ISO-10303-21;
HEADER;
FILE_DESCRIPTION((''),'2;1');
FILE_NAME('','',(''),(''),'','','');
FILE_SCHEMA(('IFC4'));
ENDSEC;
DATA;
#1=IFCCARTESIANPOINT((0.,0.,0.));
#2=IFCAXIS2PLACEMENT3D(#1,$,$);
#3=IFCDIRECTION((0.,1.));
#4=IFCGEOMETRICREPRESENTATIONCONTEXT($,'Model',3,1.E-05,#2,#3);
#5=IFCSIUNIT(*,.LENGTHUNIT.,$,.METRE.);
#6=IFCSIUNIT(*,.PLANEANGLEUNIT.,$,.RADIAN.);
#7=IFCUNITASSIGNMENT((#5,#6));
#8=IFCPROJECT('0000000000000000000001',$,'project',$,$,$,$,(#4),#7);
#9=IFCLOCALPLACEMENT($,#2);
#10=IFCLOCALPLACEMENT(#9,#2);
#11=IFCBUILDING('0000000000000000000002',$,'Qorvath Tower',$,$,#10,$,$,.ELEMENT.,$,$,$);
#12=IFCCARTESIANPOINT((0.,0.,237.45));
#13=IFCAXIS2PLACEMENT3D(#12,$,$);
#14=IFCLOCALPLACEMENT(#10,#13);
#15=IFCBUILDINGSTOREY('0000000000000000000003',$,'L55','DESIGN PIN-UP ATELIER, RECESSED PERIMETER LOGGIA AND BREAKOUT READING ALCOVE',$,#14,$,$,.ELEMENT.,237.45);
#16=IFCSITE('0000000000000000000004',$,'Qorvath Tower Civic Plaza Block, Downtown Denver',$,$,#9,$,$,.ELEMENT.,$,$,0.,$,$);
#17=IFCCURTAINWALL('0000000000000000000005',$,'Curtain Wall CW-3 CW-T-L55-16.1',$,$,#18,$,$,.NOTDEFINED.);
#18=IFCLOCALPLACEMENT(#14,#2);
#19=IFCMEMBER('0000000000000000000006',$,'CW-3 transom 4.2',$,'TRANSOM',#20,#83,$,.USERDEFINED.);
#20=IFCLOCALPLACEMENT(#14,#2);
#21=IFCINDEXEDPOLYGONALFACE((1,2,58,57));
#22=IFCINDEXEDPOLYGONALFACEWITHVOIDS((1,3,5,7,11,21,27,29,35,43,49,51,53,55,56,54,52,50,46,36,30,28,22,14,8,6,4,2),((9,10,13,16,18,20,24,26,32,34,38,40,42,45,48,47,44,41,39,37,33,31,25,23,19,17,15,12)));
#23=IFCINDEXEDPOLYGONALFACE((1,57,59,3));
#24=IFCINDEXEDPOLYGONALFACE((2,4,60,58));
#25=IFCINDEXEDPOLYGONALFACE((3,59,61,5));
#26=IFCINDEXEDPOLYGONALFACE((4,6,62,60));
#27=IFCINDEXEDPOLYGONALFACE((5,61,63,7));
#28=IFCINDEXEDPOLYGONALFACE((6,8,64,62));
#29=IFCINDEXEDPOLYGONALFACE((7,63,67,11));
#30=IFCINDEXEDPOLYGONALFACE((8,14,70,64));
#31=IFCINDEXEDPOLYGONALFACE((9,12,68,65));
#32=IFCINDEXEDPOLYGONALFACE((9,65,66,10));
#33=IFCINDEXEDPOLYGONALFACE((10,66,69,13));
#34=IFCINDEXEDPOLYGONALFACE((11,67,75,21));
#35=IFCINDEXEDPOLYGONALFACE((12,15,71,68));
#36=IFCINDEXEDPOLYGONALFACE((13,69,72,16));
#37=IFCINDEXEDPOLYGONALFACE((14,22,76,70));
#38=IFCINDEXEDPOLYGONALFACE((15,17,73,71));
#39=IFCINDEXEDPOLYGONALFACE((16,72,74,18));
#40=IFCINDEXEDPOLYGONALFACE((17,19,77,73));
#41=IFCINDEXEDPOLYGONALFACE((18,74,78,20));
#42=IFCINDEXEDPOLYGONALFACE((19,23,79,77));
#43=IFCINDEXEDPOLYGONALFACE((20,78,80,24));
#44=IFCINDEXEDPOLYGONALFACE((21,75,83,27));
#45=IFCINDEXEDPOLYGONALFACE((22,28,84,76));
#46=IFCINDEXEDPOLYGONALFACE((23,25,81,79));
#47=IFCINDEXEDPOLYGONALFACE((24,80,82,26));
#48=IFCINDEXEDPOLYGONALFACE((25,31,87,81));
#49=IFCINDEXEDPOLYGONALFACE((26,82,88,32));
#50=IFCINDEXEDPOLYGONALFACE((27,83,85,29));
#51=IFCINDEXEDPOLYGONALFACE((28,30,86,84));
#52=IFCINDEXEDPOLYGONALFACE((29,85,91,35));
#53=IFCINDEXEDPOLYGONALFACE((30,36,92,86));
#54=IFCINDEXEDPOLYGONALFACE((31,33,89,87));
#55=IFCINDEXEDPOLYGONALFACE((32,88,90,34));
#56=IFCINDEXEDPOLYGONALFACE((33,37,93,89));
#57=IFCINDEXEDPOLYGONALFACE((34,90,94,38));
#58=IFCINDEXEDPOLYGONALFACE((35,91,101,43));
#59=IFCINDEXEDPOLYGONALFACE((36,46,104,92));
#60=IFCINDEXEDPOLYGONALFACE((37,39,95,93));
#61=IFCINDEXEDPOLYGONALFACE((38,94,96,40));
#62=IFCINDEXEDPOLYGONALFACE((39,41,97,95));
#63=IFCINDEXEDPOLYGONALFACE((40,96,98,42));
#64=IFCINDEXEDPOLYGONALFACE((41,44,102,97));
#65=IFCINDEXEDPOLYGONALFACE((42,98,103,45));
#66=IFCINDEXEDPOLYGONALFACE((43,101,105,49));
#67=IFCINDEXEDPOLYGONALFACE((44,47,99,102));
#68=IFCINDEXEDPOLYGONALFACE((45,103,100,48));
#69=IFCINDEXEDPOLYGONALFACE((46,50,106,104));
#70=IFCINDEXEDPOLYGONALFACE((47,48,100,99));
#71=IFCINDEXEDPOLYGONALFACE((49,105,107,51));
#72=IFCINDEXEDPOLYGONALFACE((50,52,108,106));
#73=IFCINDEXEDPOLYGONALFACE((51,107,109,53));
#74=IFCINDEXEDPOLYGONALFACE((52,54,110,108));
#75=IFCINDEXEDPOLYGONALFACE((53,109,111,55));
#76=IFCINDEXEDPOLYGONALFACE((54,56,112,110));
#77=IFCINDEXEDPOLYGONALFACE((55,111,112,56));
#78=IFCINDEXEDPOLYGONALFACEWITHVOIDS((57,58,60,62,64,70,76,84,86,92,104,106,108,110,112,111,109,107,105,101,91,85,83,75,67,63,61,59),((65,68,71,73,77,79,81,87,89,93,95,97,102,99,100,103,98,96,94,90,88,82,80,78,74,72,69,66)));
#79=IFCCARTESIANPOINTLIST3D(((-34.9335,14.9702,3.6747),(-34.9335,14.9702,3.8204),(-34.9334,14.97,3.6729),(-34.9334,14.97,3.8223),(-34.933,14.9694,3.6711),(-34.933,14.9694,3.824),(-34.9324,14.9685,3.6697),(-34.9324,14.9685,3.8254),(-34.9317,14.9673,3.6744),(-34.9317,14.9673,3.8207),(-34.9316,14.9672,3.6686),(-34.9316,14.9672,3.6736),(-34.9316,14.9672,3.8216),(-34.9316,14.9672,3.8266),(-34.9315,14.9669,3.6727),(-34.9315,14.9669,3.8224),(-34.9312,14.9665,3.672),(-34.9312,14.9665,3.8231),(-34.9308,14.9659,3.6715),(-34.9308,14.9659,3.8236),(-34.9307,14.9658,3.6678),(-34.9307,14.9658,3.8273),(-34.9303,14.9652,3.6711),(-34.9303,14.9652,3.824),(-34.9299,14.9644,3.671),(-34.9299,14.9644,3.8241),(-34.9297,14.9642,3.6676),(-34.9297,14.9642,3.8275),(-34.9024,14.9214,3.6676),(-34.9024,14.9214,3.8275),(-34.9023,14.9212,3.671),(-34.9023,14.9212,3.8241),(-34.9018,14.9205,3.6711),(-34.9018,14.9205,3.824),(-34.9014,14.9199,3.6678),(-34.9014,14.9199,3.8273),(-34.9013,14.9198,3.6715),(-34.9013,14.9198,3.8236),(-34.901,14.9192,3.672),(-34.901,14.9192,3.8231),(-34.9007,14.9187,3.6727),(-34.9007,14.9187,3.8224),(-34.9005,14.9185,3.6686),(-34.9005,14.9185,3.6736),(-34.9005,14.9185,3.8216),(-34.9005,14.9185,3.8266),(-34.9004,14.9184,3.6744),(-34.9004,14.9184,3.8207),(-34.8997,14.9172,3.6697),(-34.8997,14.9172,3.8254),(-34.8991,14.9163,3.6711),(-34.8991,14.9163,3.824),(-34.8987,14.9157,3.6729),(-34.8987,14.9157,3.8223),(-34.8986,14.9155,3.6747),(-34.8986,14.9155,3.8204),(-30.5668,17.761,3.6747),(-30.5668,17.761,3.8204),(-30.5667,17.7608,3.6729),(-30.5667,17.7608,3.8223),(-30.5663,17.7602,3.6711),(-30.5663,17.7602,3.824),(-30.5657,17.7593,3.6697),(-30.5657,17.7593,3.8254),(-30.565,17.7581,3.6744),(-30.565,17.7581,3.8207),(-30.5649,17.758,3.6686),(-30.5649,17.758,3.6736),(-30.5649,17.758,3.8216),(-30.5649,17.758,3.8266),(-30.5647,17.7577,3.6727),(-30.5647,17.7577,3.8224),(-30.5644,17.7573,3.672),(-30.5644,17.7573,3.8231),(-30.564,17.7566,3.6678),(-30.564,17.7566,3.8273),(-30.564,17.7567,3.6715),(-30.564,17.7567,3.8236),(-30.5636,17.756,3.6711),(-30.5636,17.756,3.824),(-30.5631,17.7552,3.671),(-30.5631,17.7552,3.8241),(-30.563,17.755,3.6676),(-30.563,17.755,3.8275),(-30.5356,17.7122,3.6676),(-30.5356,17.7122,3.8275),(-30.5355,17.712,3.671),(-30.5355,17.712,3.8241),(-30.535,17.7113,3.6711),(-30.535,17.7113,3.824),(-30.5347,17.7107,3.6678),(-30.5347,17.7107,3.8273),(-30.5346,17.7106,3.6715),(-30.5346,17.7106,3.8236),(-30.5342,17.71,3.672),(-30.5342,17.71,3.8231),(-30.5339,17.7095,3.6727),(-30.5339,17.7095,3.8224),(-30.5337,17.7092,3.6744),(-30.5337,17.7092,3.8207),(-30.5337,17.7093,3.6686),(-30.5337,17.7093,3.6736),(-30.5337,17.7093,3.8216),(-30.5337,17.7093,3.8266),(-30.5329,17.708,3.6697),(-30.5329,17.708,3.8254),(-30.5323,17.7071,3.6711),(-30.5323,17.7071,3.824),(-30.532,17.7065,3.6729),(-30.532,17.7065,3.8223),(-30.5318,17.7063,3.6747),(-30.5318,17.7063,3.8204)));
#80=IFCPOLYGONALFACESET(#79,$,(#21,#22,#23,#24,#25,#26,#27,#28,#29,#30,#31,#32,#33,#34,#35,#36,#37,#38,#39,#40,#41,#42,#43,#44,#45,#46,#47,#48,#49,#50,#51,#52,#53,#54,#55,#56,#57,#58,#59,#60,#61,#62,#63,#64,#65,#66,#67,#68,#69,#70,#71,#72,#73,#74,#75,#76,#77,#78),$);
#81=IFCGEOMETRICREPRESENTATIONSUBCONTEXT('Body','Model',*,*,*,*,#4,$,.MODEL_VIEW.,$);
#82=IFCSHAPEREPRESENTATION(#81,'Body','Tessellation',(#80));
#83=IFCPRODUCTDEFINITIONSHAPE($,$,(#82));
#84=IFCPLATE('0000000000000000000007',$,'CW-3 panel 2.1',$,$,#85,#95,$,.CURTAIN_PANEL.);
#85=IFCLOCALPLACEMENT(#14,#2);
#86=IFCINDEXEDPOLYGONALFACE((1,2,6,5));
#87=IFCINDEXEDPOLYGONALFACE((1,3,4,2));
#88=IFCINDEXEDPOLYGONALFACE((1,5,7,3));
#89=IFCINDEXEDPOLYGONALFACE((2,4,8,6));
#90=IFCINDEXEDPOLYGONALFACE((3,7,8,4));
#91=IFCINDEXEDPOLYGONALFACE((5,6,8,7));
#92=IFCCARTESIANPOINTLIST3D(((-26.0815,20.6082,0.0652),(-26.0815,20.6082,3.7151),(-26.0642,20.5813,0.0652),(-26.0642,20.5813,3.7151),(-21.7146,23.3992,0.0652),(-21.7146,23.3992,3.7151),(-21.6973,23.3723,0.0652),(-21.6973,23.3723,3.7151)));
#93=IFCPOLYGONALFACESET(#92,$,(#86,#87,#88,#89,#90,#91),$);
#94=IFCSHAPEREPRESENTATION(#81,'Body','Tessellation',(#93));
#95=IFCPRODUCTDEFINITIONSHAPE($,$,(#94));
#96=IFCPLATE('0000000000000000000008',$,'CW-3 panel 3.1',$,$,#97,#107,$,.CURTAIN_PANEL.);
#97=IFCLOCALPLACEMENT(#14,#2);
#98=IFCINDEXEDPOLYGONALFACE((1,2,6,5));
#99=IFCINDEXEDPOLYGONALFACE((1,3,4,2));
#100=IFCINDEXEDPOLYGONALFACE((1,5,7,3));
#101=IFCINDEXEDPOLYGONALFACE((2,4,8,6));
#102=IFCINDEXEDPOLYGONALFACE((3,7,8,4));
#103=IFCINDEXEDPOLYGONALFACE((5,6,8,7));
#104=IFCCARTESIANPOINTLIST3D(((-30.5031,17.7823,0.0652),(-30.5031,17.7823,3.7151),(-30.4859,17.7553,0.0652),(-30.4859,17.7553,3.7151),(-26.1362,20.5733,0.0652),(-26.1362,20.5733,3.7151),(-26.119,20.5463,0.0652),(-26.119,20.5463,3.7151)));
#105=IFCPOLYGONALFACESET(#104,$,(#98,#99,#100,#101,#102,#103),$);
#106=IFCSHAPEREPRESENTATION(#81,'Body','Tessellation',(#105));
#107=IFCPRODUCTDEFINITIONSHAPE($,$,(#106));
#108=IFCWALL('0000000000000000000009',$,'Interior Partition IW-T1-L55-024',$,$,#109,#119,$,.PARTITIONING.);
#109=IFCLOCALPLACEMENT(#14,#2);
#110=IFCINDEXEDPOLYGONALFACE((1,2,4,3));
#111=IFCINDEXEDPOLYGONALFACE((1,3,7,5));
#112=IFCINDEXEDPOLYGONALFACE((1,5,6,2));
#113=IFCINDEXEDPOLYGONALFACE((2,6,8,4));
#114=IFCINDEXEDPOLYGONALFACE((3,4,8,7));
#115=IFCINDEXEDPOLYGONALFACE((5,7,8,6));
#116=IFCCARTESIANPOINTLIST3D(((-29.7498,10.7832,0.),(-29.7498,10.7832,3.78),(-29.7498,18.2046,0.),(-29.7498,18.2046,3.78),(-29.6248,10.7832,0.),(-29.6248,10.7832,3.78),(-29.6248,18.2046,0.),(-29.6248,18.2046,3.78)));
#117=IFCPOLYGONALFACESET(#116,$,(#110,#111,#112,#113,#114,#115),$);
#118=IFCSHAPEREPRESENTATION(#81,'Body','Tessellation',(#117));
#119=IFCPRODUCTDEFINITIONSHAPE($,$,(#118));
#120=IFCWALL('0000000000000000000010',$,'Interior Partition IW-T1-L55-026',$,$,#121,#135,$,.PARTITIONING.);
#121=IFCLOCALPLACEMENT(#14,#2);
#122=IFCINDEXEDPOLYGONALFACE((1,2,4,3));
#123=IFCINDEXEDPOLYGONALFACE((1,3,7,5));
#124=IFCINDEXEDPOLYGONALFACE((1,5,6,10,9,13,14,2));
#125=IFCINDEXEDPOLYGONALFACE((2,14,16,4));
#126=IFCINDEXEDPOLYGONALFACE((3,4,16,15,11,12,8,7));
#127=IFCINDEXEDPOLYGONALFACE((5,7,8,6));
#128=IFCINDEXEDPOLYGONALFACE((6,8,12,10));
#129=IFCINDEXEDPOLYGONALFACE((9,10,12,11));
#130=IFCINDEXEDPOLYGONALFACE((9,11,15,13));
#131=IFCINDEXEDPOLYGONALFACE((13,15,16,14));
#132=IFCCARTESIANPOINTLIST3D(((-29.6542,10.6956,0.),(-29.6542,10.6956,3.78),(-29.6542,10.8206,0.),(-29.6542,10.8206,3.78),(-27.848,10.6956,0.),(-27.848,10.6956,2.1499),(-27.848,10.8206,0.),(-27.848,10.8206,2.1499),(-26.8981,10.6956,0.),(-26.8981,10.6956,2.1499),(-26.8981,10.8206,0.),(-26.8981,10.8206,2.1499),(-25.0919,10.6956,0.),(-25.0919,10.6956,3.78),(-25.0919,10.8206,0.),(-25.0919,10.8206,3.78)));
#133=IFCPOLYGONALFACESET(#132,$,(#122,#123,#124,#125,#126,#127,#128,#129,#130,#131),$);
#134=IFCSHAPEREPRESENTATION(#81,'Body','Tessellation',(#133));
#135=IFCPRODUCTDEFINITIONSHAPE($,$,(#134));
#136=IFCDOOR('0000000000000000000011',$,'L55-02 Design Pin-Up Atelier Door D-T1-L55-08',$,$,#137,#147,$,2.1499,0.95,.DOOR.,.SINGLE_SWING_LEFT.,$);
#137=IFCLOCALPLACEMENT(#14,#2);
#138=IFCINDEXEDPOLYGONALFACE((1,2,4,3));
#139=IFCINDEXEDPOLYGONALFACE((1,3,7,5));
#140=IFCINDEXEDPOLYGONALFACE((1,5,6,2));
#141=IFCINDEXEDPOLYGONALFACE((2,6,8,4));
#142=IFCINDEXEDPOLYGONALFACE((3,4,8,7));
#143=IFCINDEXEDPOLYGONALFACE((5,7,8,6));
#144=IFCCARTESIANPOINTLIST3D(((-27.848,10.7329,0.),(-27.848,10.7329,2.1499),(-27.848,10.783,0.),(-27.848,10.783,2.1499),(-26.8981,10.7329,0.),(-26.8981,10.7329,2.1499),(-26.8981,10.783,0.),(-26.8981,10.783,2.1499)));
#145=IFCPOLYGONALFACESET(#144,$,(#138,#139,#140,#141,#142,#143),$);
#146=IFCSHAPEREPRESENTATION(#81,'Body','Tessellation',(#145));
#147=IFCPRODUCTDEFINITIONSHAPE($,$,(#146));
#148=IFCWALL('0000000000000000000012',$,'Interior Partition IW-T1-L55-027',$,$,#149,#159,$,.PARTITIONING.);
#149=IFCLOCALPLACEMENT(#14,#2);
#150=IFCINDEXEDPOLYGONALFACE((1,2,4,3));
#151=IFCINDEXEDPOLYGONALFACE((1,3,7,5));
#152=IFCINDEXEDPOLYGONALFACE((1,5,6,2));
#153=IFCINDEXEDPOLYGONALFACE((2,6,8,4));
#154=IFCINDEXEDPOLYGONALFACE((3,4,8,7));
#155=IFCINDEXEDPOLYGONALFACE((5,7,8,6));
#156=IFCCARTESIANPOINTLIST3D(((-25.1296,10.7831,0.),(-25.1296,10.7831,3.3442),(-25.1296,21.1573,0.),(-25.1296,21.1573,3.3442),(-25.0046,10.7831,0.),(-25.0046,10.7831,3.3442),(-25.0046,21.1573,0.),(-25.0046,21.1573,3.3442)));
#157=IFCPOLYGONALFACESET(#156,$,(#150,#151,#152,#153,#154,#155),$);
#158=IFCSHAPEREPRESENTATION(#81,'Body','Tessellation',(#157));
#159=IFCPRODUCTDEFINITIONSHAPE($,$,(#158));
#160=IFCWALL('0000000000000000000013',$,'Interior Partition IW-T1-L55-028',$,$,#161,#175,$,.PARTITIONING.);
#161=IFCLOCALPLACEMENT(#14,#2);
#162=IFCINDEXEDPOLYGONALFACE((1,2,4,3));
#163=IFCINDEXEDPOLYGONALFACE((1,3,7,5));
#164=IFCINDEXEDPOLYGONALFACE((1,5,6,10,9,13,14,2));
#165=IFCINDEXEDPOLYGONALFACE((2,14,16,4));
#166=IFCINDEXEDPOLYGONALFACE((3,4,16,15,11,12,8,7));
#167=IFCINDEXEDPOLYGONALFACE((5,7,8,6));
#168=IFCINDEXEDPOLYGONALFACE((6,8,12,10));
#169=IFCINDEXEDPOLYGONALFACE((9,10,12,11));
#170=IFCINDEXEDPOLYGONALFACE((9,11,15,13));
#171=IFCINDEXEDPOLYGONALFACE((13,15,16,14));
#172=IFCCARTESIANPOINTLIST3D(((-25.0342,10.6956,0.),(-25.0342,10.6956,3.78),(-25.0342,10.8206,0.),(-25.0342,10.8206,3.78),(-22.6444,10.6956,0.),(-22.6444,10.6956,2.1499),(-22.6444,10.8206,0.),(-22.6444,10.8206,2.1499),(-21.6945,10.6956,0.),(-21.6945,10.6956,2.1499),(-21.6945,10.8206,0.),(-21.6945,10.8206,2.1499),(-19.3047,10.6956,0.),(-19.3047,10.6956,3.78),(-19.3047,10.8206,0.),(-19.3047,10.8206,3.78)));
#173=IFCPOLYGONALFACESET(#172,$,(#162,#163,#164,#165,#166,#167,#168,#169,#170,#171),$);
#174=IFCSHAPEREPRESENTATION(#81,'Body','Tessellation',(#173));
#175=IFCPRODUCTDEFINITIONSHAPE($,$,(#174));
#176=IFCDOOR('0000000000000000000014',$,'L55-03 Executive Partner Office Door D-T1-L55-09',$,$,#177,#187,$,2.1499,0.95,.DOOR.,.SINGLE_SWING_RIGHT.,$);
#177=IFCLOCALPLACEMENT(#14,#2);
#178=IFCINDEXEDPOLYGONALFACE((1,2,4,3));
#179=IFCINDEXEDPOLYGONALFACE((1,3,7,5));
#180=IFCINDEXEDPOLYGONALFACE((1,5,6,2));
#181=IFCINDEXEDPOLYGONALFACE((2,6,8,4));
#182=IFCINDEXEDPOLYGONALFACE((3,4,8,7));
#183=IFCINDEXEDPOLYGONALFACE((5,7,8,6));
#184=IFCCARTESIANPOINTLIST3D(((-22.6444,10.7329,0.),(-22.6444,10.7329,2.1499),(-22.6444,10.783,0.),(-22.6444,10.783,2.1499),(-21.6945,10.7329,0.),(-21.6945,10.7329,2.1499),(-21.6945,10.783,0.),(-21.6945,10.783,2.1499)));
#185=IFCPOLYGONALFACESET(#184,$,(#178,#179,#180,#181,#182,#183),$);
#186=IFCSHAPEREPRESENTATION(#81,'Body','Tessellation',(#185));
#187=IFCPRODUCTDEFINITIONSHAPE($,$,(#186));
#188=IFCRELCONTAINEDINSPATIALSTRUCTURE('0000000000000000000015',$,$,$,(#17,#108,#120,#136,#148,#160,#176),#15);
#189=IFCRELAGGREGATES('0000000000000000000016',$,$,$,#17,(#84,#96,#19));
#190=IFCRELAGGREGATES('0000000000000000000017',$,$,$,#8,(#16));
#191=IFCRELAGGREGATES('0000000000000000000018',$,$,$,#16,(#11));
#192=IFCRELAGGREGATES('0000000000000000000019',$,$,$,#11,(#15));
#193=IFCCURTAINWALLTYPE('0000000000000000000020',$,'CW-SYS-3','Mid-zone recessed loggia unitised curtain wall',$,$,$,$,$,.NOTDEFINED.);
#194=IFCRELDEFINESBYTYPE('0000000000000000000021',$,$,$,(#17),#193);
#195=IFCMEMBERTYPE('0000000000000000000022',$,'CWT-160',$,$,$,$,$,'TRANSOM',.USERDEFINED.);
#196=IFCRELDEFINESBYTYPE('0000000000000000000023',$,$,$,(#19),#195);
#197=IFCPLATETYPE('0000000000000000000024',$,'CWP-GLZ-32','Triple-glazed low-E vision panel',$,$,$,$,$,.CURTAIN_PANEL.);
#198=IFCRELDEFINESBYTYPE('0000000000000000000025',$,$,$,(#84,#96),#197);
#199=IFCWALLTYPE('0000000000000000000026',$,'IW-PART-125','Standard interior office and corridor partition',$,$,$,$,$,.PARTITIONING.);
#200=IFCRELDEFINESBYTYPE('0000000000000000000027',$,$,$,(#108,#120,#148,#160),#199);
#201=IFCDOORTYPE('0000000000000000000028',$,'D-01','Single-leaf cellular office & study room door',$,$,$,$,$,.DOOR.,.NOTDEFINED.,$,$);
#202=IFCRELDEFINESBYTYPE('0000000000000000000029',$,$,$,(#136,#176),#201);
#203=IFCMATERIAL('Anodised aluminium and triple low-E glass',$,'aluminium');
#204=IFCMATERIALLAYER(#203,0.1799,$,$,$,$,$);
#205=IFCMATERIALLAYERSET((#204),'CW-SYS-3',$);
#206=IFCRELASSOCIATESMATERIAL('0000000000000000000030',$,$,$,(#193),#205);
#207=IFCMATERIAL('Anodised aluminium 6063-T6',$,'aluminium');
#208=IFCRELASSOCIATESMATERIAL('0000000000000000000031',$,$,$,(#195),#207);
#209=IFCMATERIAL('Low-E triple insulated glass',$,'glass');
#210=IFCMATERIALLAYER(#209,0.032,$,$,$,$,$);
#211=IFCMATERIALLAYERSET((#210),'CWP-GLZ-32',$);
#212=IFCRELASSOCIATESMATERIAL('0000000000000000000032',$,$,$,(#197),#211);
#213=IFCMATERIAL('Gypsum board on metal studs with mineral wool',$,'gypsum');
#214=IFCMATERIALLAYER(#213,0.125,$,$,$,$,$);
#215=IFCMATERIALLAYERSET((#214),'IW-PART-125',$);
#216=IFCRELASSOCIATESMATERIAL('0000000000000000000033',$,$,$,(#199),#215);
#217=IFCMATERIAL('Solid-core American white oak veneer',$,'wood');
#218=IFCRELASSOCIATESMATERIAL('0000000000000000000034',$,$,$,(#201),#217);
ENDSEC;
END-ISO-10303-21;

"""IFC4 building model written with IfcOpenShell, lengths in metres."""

from ifc_helpers import new_model, si_unit, direction, frame, frame_2d, origin, origin_2d, place, context, subcontext, project, spatial, rectangle, hollow_rectangle, extrude, material, layer, layer_set, material_profile, profile_set, type_object, element, fill, aggregate, save


model = new_model("IFC4")

# Units and contexts
model_context = context("Model", 3, precision=1e-05, world=origin(), true_north=direction((0.0, 1.0)))
body_context = subcontext(model_context, "Body", "Model", "MODEL_VIEW")
ifc_project = project(units=[si_unit("LENGTHUNIT", "METRE"), si_unit("PLANEANGLEUNIT", "RADIAN")], contexts=[model_context])

# Site, building, storey
site_placement = place(None, origin())
site = spatial("IfcSite", under=ifc_project, at=site_placement, Name="Qorvath Tower Civic Plaza Block, Downtown Denver", CompositionType="ELEMENT", RefElevation=0.0)
building_placement = place(site_placement, origin())
building = spatial("IfcBuilding", under=site, at=building_placement, Name="Qorvath Tower", CompositionType="ELEMENT")
storey_placement = place(building_placement, frame((0.0, 0.0, 237.45)))
storey = spatial("IfcBuildingStorey", under=building, at=storey_placement, Name="L55", Description="DESIGN PIN-UP ATELIER, RECESSED PERIMETER LOGGIA AND BREAKOUT READING ALCOVE", CompositionType="ELEMENT", Elevation=237.45)

# Curtain wall, member, plates
ifc_material_1 = material(Name="Anodised aluminium and triple low-E glass", Category="aluminium")
ifc_layer_1 = layer(ifc_material_1, 0.1799)
ifc_layer_set_1 = layer_set([ifc_layer_1], Name="CW-SYS-3")
curtain_wall_type = type_object("IfcCurtainWallType", Name="CW-SYS-3", Description="Mid-zone recessed loggia unitised curtain wall", PredefinedType="NOTDEFINED", material=ifc_layer_set_1)
curtain_wall_placement = place(storey_placement, origin())
curtain_wall = element("IfcCurtainWall", 1, at=curtain_wall_placement, inside=storey, type_object=curtain_wall_type, Name="Curtain Wall CW-3 CW-T-L55-16.1", PredefinedType="NOTDEFINED")
ifc_material_2 = material(Name="Anodised aluminium 6063-T6", Category="aluminium")
ifc_material_profile_1 = material_profile(ifc_material_2, hollow_rectangle(XDim=0.0649, YDim=0.1599, WallThickness=0.0034, InnerFilletRadius=0.0034, OuterFilletRadius=0.0071, at=origin_2d()), Name="CWT 160x65")
ifc_profile_set_1 = profile_set([ifc_material_profile_1], Name="Anodised aluminium 6063-T6")
member_type_1 = type_object("IfcMemberType", Name="CWT-160", ElementType="TRANSOM", PredefinedType="USERDEFINED", material=ifc_profile_set_1)
member_1_placement = place(storey_placement, frame((-30.5493, 17.7336, 3.7476), z_axis=(-0.842614, -0.538518, 0.0), x_axis=(0.538518, -0.842614, 0.0)))
member_1 = element("IfcMember", 2, at=member_1_placement, type_object=member_type_1, Name="CW-3 transom 4.2", ObjectType="TRANSOM", PredefinedType="USERDEFINED", context=body_context, shape_type="SweptSolid", body=[
    extrude(hollow_rectangle(XDim=0.0649, YDim=0.1599, WallThickness=0.0034, InnerFilletRadius=0.0034, OuterFilletRadius=0.0071, at=origin_2d()), origin(), (0.0, 0.0, 1.0), 5.1824),
])
ifc_material_3 = material(Name="Low-E triple insulated glass", Category="glass")
ifc_layer_2 = layer(ifc_material_3, 0.032)
ifc_layer_set_2 = layer_set([ifc_layer_2], Name="CWP-GLZ-32")
plate_type = type_object("IfcPlateType", Name="CWP-GLZ-32", Description="Triple-glazed low-E vision panel", PredefinedType="CURTAIN_PANEL", material=ifc_layer_set_2)
plate_1_placement = place(storey_placement, frame((-23.8894, 21.9902, 0.0652), z_axis=(0.0, 0.0, 1.0), x_axis=(-0.842607, -0.538529, 0.0)))
plate_1 = element("IfcPlate", 3, at=plate_1_placement, type_object=plate_type, Name="CW-3 panel 2.1", PredefinedType="CURTAIN_PANEL", context=body_context, shape_type="SweptSolid", body=[
    extrude(rectangle(XDim=5.1826, YDim=0.032, at=origin_2d()), origin(), (0.0, 0.0, 1.0), 3.6499),
])
plate_2_placement = place(storey_placement, frame((-28.311, 19.1643, 0.0652), z_axis=(0.0, 0.0, 1.0), x_axis=(-0.842607, -0.538529, 0.0)))
plate_2 = element("IfcPlate", 4, at=plate_2_placement, type_object=plate_type, Name="CW-3 panel 3.1", PredefinedType="CURTAIN_PANEL", context=body_context, shape_type="SweptSolid", body=[
    extrude(rectangle(XDim=5.1826, YDim=0.032, at=origin_2d()), origin(), (0.0, 0.0, 1.0), 3.6499),
])
aggregate(curtain_wall, [plate_1, plate_2, member_1])

# Wall
ifc_material_4 = material(Name="Gypsum board on metal studs with mineral wool", Category="gypsum")
ifc_layer_3 = layer(ifc_material_4, 0.125)
ifc_layer_set_3 = layer_set([ifc_layer_3], Name="IW-PART-125")
wall_type = type_object("IfcWallType", Name="IW-PART-125", Description="Standard interior office and corridor partition", PredefinedType="PARTITIONING", material=ifc_layer_set_3)
wall_1_placement = place(storey_placement, frame((-29.6873, 10.7832, 0.0), z_axis=(0.0, 0.0, 1.0), x_axis=(0.0, 1.0, 0.0)))
element("IfcWall", 5, at=wall_1_placement, inside=storey, type_object=wall_type, Name="Interior Partition IW-T1-L55-024", PredefinedType="PARTITIONING", context=body_context, shape_type="SweptSolid", body=[
    extrude(rectangle(XDim=7.4214, YDim=0.125, at=frame_2d((3.7107, 0.0))), origin(), (0.0, 0.0, 1.0), 3.78),
])

# Wall, opening, door
wall_2_placement = place(storey_placement, frame((-29.6543, 10.7581, 0.0), z_axis=(0.0, 0.0, 1.0), x_axis=(1.0, 0.0, 0.0)))
wall_2 = element("IfcWall", 6, at=wall_2_placement, inside=storey, type_object=wall_type, Name="Interior Partition IW-T1-L55-026", PredefinedType="PARTITIONING", context=body_context, shape_type="SweptSolid", body=[
    extrude(rectangle(XDim=4.5623, YDim=0.125, at=frame_2d((2.2812, 0.0))), origin(), (0.0, 0.0, 1.0), 3.78),
])
opening_1_placement = place(wall_2_placement, frame((1.8062, 0.0, 0.0)))
opening_1 = element("IfcOpeningElement", 7, at=opening_1_placement, cuts=wall_2, PredefinedType="OPENING", context=body_context, shape_type="SweptSolid", body=[
    extrude(rectangle(XDim=0.95, YDim=2.1499, at=frame_2d((0.4751, 1.075))), frame((0.0, 0.0725, 0.0), z_axis=(0.0, -1.0, 0.0), x_axis=(1.0, 0.0, 0.0)), (0.0, 0.0, 1.0), 0.145),
])
ifc_material_5 = material(Name="Solid-core American white oak veneer", Category="wood")
door_type = type_object("IfcDoorType", Name="D-01", Description="Single-leaf cellular office & study room door", OperationType="NOTDEFINED", PredefinedType="DOOR", material=ifc_material_5)
door_1_placement = place(opening_1_placement, origin())
door_1 = element("IfcDoor", 8, at=door_1_placement, inside=storey, type_object=door_type, Name="L55-02 Design Pin-Up Atelier Door D-T1-L55-08", OperationType="SINGLE_SWING_LEFT", OverallHeight=2.1499, OverallWidth=0.95, PredefinedType="DOOR", context=body_context, shape_type="SweptSolid", body=[
    extrude(rectangle(XDim=0.95, YDim=2.1499, at=frame_2d((0.4751, 1.075))), frame((0.0, 0.0249, 0.0), z_axis=(0.0, -1.0, 0.0), x_axis=(1.0, 0.0, 0.0)), (0.0, 0.0, 1.0), 0.05),
])
fill(opening_1, door_1)

# Wall
wall_3_placement = place(storey_placement, frame((-25.0671, 10.7832, 0.0), z_axis=(0.0, 0.0, 1.0), x_axis=(0.0, 1.0, 0.0)))
element("IfcWall", 9, at=wall_3_placement, inside=storey, type_object=wall_type, Name="Interior Partition IW-T1-L55-027", PredefinedType="PARTITIONING", context=body_context, shape_type="SweptSolid", body=[
    extrude(rectangle(XDim=10.3743, YDim=0.125, at=frame_2d((5.187, 0.0))), origin(), (0.0, 0.0, 1.0), 3.3442),
])

# Wall, opening, door
wall_4_placement = place(storey_placement, frame((-25.0342, 10.7581, 0.0), z_axis=(0.0, 0.0, 1.0), x_axis=(1.0, 0.0, 0.0)))
wall_4 = element("IfcWall", 10, at=wall_4_placement, inside=storey, type_object=wall_type, Name="Interior Partition IW-T1-L55-028", PredefinedType="PARTITIONING", context=body_context, shape_type="SweptSolid", body=[
    extrude(rectangle(XDim=5.7295, YDim=0.125, at=frame_2d((2.8647, 0.0))), origin(), (0.0, 0.0, 1.0), 3.78),
])
opening_2_placement = place(wall_4_placement, frame((2.3896, 0.0, 0.0)))
opening_2 = element("IfcOpeningElement", 11, at=opening_2_placement, cuts=wall_4, PredefinedType="OPENING", context=body_context, shape_type="SweptSolid", body=[
    extrude(rectangle(XDim=0.95, YDim=2.1499, at=frame_2d((0.4751, 1.075))), frame((0.0, 0.0725, 0.0), z_axis=(0.0, -1.0, 0.0), x_axis=(1.0, 0.0, 0.0)), (0.0, 0.0, 1.0), 0.145),
])
door_2_placement = place(opening_2_placement, origin())
door_2 = element("IfcDoor", 12, at=door_2_placement, inside=storey, type_object=door_type, Name="L55-03 Executive Partner Office Door D-T1-L55-09", OperationType="SINGLE_SWING_RIGHT", OverallHeight=2.1499, OverallWidth=0.95, PredefinedType="DOOR", context=body_context, shape_type="SweptSolid", body=[
    extrude(rectangle(XDim=0.95, YDim=2.1499, at=frame_2d((0.4751, 1.075))), frame((0.0, 0.0249, 0.0), z_axis=(0.0, -1.0, 0.0), x_axis=(1.0, 0.0, 0.0)), (0.0, 0.0, 1.0), 0.05),
])
fill(opening_2, door_2)

save(model, "model.ifc")
